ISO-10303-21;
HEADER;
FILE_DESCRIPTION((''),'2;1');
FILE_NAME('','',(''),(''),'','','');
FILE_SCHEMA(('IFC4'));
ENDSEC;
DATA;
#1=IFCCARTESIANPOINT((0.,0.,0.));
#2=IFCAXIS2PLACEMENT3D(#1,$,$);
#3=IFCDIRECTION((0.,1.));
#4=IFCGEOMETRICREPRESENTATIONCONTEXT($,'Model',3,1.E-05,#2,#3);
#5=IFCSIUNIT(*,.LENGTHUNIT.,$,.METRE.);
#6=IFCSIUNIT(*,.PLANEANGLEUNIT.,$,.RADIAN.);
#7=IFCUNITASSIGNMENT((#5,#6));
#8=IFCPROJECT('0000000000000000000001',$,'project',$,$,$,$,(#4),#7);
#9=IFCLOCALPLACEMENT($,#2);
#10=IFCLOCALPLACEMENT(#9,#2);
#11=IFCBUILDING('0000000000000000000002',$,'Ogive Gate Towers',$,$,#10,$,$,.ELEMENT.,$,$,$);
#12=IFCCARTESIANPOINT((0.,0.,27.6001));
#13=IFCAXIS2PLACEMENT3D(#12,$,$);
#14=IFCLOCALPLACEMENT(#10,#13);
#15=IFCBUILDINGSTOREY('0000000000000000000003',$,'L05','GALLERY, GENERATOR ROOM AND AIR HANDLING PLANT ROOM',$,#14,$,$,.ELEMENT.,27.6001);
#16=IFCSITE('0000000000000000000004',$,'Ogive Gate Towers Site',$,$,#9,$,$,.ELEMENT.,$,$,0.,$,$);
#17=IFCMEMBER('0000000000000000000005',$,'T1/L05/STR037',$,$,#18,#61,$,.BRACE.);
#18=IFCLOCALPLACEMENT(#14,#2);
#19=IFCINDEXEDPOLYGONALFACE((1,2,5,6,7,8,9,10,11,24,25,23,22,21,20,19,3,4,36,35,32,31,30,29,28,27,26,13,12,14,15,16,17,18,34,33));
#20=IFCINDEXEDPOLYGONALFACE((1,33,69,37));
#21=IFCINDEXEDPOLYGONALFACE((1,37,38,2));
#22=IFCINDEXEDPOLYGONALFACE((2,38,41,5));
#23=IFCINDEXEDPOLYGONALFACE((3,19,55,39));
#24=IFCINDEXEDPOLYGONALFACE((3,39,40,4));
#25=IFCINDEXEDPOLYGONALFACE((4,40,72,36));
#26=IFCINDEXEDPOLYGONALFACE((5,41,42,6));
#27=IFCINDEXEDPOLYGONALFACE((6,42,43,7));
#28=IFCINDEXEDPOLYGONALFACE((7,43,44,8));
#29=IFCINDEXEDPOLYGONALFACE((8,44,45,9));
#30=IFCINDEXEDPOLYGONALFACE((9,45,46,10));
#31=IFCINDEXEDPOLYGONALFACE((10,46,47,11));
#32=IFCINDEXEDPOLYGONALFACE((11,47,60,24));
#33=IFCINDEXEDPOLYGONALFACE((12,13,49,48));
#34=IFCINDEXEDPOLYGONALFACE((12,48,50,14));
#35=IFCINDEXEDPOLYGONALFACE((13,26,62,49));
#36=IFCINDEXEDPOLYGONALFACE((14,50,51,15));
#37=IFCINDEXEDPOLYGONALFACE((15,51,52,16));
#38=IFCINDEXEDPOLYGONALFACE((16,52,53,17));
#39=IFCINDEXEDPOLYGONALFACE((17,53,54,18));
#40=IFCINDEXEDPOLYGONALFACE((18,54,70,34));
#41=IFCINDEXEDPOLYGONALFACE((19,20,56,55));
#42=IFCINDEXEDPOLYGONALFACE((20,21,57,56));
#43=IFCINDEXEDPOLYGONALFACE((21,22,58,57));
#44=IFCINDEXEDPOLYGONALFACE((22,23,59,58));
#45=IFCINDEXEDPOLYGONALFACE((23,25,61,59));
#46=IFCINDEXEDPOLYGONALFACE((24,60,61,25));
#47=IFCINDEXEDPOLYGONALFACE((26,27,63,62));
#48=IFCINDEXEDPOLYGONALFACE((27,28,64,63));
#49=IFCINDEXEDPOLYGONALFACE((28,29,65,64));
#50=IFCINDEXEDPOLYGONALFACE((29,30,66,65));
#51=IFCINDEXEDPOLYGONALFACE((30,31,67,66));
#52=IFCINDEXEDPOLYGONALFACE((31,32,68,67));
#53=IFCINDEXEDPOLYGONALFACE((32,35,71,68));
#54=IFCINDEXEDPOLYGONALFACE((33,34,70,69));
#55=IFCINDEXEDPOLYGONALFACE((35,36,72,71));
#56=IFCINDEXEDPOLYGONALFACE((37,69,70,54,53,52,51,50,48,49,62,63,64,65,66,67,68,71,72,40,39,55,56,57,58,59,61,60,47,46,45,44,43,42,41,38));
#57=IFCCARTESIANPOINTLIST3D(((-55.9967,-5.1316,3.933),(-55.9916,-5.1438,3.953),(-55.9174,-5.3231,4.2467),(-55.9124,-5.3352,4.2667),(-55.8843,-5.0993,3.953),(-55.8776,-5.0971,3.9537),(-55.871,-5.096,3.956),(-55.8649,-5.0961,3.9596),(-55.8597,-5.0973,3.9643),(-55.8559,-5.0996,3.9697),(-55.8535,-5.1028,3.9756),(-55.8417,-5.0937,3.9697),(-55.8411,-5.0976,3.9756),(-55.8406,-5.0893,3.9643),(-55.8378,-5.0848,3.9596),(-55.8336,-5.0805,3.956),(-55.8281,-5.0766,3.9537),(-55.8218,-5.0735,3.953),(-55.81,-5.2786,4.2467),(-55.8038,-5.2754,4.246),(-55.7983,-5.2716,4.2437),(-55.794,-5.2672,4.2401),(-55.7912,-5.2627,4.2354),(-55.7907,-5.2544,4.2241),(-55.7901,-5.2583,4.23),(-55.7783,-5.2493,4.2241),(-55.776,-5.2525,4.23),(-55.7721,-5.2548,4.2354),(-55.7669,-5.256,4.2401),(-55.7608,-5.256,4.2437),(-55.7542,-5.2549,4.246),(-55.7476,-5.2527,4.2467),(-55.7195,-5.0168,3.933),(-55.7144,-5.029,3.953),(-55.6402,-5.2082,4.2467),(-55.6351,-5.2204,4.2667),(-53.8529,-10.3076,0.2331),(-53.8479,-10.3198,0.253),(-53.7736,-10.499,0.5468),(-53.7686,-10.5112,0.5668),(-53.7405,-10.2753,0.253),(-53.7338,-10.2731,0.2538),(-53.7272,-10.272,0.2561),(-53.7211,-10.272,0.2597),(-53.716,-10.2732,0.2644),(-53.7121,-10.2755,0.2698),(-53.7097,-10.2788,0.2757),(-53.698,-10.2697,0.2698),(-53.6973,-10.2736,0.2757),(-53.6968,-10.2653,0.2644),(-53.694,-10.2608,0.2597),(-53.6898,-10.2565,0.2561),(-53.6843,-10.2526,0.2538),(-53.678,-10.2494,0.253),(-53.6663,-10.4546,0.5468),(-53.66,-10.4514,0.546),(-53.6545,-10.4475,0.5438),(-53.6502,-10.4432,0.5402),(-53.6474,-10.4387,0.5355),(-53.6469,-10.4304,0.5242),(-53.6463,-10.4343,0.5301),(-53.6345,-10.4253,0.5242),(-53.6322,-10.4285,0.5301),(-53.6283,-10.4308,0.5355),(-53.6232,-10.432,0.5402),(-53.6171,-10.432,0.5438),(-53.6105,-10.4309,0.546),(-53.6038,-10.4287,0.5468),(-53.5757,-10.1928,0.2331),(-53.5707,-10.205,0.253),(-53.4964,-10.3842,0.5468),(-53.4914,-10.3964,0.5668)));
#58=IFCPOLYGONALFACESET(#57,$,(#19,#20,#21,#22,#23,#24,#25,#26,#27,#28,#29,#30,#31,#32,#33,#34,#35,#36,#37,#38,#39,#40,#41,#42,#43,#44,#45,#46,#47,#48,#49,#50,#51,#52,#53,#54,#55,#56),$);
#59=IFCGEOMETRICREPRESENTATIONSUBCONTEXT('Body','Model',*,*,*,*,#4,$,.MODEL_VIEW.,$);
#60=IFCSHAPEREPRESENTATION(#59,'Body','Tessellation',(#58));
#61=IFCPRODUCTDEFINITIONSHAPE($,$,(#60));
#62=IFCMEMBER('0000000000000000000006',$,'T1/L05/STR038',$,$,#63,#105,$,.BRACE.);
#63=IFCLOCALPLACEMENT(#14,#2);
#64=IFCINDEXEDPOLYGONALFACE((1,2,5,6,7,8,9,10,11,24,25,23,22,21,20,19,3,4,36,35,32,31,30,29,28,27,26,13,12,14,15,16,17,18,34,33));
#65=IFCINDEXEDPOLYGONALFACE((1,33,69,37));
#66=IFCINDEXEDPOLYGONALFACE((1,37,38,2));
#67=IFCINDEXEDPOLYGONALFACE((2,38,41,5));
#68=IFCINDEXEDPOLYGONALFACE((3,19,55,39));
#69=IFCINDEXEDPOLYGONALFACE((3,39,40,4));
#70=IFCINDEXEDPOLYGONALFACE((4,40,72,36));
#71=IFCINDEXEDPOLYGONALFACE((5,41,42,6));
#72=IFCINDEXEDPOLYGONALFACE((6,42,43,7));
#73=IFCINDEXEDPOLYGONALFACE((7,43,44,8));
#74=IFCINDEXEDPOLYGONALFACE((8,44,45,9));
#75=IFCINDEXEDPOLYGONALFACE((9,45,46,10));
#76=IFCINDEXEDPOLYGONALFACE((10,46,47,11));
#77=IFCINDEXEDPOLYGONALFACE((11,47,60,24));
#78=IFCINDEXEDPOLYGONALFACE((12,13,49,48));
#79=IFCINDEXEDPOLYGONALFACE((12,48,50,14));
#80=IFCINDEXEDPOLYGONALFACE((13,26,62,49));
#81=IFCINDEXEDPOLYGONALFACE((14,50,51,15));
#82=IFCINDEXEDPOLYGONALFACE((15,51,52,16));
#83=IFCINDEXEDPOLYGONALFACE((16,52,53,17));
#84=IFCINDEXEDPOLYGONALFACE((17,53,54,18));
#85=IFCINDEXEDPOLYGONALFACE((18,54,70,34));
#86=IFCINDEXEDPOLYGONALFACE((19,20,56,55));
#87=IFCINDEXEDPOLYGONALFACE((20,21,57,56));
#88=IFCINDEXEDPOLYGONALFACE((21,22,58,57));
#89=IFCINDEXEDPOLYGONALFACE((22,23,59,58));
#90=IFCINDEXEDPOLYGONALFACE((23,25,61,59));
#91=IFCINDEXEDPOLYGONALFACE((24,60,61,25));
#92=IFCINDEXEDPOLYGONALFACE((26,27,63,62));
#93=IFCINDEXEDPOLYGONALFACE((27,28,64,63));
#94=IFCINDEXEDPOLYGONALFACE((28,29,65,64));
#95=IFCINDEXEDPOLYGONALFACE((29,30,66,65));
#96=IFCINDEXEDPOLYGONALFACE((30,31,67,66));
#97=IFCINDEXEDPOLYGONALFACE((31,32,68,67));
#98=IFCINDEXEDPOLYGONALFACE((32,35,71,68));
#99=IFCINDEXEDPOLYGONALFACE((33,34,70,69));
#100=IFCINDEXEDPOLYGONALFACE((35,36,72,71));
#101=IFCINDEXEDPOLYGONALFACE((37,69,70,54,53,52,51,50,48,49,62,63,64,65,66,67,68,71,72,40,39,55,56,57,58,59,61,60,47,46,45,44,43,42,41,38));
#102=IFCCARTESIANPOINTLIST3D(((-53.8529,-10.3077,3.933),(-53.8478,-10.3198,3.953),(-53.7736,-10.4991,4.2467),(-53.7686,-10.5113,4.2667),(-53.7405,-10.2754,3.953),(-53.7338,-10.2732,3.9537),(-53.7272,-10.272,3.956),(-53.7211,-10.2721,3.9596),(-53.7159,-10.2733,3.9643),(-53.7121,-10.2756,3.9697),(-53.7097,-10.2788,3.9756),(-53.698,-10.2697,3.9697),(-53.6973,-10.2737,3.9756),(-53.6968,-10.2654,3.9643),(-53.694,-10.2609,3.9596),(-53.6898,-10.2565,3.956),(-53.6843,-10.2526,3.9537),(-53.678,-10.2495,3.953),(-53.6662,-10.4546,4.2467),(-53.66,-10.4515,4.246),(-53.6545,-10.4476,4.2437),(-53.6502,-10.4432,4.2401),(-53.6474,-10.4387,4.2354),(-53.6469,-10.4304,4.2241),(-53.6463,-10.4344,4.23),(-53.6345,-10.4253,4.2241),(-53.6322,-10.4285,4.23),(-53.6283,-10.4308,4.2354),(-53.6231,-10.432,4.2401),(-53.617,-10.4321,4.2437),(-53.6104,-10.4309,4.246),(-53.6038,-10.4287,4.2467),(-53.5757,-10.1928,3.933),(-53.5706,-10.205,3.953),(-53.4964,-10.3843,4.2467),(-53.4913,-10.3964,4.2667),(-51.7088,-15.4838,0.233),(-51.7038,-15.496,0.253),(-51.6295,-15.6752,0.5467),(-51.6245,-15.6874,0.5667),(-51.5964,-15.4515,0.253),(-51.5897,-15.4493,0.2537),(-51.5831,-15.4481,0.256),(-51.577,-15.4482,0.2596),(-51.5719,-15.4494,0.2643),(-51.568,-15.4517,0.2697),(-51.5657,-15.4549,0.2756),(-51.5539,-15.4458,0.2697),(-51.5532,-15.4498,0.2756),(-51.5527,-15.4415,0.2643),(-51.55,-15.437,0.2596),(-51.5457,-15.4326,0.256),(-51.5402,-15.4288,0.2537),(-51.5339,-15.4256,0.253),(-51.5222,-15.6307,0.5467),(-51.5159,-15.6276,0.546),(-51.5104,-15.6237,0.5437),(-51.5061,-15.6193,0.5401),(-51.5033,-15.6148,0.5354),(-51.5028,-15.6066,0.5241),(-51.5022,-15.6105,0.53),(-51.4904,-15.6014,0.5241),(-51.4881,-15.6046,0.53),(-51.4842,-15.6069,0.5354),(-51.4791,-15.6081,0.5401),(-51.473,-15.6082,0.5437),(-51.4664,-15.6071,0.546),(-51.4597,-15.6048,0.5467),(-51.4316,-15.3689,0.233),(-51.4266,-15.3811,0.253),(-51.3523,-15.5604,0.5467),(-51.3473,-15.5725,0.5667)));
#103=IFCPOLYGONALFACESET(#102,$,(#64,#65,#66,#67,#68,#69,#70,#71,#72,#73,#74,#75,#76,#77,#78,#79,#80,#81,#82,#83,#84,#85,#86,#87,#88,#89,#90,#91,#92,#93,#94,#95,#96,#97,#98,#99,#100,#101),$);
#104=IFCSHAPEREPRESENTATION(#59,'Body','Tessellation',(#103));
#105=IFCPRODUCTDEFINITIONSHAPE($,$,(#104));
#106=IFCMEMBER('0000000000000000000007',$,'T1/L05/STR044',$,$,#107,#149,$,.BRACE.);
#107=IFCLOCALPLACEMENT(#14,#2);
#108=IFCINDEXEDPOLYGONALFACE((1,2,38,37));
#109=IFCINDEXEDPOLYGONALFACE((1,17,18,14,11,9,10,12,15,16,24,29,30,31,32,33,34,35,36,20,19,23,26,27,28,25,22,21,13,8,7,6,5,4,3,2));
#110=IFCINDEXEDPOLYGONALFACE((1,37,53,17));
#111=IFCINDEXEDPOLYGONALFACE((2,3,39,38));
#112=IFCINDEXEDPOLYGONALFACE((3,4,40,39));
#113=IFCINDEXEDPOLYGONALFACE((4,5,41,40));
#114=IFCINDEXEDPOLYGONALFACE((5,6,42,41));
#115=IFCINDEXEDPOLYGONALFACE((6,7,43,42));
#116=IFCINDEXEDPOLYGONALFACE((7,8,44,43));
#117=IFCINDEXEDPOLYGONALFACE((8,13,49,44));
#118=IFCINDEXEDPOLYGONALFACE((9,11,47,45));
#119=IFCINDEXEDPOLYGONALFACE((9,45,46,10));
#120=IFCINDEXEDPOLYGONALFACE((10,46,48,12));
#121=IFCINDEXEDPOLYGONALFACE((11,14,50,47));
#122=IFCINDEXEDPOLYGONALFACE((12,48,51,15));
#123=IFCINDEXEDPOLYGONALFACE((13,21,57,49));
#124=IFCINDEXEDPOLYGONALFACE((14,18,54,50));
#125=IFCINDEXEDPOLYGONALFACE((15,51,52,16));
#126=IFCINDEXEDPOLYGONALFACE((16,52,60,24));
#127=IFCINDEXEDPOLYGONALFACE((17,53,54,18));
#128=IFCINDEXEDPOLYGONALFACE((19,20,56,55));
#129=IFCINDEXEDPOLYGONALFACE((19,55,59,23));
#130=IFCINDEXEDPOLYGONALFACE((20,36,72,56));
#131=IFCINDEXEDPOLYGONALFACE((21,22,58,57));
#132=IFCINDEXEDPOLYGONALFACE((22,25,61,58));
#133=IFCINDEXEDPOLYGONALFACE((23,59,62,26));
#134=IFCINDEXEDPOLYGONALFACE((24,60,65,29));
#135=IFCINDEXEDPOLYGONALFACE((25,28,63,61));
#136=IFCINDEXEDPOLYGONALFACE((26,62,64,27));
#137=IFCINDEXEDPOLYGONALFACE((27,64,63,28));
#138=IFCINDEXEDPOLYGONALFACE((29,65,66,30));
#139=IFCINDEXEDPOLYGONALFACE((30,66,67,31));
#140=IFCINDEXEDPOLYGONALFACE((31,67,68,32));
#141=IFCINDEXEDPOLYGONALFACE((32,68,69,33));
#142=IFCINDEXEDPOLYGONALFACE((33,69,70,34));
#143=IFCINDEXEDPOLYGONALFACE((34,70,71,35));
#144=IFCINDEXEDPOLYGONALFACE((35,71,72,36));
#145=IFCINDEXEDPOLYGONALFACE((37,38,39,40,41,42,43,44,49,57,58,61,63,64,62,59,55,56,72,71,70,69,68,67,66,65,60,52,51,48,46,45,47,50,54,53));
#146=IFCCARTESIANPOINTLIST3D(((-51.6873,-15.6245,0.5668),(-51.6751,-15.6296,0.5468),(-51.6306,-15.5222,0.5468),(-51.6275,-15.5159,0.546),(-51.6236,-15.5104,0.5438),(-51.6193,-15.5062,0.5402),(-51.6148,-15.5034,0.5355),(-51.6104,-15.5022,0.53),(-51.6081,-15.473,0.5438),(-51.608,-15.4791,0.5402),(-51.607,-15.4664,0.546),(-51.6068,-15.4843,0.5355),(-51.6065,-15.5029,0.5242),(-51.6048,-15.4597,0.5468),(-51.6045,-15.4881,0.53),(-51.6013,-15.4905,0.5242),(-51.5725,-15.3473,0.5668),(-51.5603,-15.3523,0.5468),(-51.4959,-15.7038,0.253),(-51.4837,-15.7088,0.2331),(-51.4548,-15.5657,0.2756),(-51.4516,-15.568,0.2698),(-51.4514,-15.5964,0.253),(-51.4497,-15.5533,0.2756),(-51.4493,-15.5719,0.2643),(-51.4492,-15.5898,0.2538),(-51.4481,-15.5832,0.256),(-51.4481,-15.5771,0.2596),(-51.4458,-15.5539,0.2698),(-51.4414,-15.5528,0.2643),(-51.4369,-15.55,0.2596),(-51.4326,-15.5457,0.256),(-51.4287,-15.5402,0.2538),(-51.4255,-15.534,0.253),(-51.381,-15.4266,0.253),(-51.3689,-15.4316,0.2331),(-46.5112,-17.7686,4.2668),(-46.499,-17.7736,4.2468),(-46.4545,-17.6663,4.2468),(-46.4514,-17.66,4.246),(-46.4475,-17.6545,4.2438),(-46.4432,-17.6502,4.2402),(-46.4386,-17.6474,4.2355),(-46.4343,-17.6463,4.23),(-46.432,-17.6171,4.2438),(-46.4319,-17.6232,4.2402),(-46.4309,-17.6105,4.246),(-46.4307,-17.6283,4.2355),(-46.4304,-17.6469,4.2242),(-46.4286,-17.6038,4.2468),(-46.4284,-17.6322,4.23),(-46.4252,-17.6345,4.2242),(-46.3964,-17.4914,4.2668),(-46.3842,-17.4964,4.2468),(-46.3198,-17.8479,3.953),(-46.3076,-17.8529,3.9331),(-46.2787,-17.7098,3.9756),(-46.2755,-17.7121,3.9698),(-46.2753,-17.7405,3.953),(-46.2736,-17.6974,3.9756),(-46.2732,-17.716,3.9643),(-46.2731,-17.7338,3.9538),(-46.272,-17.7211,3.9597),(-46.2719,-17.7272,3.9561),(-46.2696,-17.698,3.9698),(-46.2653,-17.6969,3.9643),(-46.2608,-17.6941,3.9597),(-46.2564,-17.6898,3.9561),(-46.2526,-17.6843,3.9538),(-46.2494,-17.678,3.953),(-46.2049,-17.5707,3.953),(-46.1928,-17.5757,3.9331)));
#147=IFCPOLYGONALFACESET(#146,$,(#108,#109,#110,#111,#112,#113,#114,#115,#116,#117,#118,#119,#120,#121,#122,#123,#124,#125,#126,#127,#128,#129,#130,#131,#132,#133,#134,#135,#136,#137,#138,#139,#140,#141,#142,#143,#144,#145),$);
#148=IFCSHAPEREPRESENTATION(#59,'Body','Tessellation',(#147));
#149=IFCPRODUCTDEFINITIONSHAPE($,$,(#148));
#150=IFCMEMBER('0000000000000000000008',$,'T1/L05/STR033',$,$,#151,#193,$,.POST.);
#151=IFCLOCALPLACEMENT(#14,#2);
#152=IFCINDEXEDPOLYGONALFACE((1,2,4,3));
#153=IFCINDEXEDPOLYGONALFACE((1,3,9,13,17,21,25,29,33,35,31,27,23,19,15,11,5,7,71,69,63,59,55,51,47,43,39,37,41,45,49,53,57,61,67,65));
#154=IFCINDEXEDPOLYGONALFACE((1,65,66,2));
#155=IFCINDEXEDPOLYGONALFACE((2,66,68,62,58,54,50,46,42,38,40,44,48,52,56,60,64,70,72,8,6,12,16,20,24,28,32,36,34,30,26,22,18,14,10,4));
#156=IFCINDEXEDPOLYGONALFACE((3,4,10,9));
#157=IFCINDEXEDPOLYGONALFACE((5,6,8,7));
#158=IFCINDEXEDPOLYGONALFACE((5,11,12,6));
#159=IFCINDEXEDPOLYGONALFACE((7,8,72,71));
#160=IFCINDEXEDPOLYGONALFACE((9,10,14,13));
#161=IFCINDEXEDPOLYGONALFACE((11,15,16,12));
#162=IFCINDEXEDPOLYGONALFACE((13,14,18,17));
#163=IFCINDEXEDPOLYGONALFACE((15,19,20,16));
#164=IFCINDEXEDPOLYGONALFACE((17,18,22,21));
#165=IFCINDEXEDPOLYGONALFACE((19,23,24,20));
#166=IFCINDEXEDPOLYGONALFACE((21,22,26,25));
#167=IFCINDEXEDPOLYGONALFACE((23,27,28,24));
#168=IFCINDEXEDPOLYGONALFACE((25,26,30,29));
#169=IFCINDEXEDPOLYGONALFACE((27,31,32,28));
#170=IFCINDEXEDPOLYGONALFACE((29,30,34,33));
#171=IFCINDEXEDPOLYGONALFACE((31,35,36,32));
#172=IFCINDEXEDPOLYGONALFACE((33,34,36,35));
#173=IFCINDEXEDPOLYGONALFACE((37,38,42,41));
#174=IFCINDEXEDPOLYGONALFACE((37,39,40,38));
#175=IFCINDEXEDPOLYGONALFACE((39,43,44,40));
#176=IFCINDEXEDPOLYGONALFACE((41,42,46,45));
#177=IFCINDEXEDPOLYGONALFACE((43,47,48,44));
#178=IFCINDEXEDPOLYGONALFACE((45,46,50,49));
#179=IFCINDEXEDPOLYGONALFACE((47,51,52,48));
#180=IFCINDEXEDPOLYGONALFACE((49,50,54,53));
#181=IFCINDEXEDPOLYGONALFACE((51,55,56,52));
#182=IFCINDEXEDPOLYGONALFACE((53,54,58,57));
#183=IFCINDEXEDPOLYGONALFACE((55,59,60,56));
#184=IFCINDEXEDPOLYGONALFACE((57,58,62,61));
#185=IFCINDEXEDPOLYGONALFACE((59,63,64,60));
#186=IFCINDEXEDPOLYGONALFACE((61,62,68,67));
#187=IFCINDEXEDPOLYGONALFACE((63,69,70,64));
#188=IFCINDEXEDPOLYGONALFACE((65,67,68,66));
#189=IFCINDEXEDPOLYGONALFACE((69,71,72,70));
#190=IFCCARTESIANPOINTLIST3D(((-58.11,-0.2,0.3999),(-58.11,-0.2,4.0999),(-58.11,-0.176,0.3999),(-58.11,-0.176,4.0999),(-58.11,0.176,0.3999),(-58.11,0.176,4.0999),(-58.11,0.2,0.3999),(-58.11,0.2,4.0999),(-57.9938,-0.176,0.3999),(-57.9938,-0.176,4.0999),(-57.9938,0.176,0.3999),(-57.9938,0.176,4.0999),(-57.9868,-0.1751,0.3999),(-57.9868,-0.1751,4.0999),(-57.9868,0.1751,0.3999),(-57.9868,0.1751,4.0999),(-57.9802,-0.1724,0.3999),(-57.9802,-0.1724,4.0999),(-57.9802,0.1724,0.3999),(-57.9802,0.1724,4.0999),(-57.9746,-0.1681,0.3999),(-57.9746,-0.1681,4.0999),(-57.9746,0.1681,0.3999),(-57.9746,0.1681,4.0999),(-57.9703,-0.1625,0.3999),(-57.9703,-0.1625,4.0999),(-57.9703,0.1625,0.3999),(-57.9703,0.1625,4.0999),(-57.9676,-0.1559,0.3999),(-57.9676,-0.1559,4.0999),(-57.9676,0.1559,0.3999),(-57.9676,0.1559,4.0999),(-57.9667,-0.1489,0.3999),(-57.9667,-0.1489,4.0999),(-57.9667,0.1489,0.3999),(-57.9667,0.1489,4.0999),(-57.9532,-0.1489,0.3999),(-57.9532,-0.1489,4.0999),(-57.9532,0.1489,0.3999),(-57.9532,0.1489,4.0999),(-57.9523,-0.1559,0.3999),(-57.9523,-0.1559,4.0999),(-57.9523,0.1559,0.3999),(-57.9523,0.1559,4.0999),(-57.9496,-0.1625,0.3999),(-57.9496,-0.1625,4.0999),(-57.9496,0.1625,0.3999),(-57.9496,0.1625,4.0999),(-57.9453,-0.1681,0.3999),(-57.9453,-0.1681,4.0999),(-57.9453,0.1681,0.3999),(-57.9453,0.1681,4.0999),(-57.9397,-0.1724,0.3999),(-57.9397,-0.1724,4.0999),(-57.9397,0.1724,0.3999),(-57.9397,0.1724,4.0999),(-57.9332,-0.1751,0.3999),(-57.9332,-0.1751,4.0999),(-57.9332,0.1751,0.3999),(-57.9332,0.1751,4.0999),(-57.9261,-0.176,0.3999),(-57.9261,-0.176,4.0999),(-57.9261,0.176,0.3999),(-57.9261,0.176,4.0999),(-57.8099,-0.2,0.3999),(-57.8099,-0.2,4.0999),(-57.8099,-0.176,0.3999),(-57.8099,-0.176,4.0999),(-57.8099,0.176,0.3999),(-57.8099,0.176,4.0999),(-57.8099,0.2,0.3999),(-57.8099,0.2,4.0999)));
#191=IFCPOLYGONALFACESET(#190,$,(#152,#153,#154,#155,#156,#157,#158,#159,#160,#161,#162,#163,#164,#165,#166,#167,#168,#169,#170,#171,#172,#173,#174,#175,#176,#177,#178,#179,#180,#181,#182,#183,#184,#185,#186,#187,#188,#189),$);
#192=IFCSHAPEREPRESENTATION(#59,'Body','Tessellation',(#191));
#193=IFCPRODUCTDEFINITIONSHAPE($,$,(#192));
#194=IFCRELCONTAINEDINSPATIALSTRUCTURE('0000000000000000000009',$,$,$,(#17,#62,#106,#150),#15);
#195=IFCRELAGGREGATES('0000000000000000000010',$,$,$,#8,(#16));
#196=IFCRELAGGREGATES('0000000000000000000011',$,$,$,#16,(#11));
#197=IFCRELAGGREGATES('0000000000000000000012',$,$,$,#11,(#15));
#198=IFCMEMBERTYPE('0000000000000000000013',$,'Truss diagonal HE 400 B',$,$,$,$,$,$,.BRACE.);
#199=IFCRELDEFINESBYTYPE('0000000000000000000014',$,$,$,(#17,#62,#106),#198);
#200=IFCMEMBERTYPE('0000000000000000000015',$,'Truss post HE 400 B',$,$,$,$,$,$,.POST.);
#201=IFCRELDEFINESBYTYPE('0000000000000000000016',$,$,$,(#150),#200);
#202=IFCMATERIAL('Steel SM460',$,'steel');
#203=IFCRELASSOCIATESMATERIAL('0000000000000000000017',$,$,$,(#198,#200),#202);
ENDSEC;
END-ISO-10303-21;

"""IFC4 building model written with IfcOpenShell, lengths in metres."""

from ifc_helpers import new_model, si_unit, direction, frame, origin, origin_2d, place, context, subcontext, project, spatial, i_section, extrude, material, material_profile, profile_set, type_object, element, save


model = new_model("IFC4")

# Units and contexts
model_context = context("Model", 3, precision=1e-05, world=origin(), true_north=direction((0.0, 1.0)))
body_context = subcontext(model_context, "Body", "Model", "MODEL_VIEW")
ifc_project = project(units=[si_unit("LENGTHUNIT", "METRE"), si_unit("PLANEANGLEUNIT", "RADIAN")], contexts=[model_context])

# Site, building, storey
site_placement = place(None, origin())
site = spatial("IfcSite", under=ifc_project, at=site_placement, Name="Ogive Gate Towers Site", CompositionType="ELEMENT", RefElevation=0.0)
building_placement = place(site_placement, origin())
building = spatial("IfcBuilding", under=site, at=building_placement, Name="Ogive Gate Towers", CompositionType="ELEMENT")
storey_placement = place(building_placement, frame((0.0, 0.0, 27.6001)))
storey = spatial("IfcBuildingStorey", under=building, at=storey_placement, Name="L05", Description="GALLERY, GENERATOR ROOM AND AIR HANDLING PLANT ROOM", CompositionType="ELEMENT", Elevation=27.6001)

# Shared definitions
ifc_material_1 = material(Name="Steel SM460", Category="steel")

# Members
ifc_material_profile_1 = material_profile(ifc_material_1, i_section(OverallWidth=0.3, OverallDepth=0.3999, WebThickness=0.0134, FlangeThickness=0.0239, FilletRadius=0.0271, at=origin_2d()), Name="HE 400 B")
ifc_profile_set_1 = profile_set([ifc_material_profile_1], Name="Steel SM460")
member_type_1 = type_object("IfcMemberType", Name="Truss diagonal HE 400 B", PredefinedType="BRACE", material=ifc_profile_set_1)
member_placement = place(storey_placement, frame((-55.8159, -5.176, 4.0999), z_axis=(0.319306, -0.770939, -0.551086), x_axis=(0.923891, 0.382656, 0.0)))
element("IfcMember", 1, at=member_placement, inside=storey, type_object=member_type_1, Name="T1/L05/STR037", PredefinedType="BRACE", context=body_context, shape_type="SweptSolid", body=[
    extrude(i_section(OverallWidth=0.3, OverallDepth=0.3999, WebThickness=0.0134, FlangeThickness=0.0239, FilletRadius=0.0271, at=origin_2d()), origin(), (0.0, 0.0, 1.0), 6.7139),
])
for number, where, z_axis, x_axis, name in (
    (2, (-53.6721, -10.3521, 4.0999), (0.319339, -0.77093, -0.55108), (0.923876, 0.382693, 0.0), "T1/L05/STR038"),
    (3, (-51.5281, -15.5281, 0.3999), (0.77093, -0.319339, 0.55108), (0.382693, 0.923876, 0.0), "T1/L05/STR044"),
):
    element("IfcMember", number, at=place(storey_placement, frame(where, z_axis=z_axis, x_axis=x_axis)), inside=storey, type_object=member_type_1, Name=name, PredefinedType="BRACE", context=body_context, shape_type="SweptSolid", body=[
        extrude(i_section(OverallWidth=0.3, OverallDepth=0.3999, WebThickness=0.0134, FlangeThickness=0.0239, FilletRadius=0.0271, at=origin_2d()), origin(), (0.0, 0.0, 1.0), 6.7141),
    ])
ifc_material_profile_2 = material_profile(ifc_material_1, i_section(OverallWidth=0.3, OverallDepth=0.3999, WebThickness=0.0134, FlangeThickness=0.0239, FilletRadius=0.0271, at=origin_2d()), Name="HE 400 B")
ifc_profile_set_2 = profile_set([ifc_material_profile_2], Name="Steel SM460")
member_type_2 = type_object("IfcMemberType", Name="Truss post HE 400 B", PredefinedType="POST", material=ifc_profile_set_2)
for number, where, z_axis, x_axis, name in (
    (4, (-57.96, 0.0, 0.3999), (0.0, 0.0, 1.0), (1.0, 0.0, 0.0), "T1/L05/STR033"),
):
    element("IfcMember", number, at=place(storey_placement, frame(where, z_axis=z_axis, x_axis=x_axis)), inside=storey, type_object=member_type_2, Name=name, PredefinedType="POST", context=body_context, shape_type="SweptSolid", body=[
        extrude(i_section(OverallWidth=0.3, OverallDepth=0.3999, WebThickness=0.0134, FlangeThickness=0.0239, FilletRadius=0.0271, at=origin_2d()), origin(), (0.0, 0.0, 1.0), 3.7),
    ])

save(model, "model.ifc")
